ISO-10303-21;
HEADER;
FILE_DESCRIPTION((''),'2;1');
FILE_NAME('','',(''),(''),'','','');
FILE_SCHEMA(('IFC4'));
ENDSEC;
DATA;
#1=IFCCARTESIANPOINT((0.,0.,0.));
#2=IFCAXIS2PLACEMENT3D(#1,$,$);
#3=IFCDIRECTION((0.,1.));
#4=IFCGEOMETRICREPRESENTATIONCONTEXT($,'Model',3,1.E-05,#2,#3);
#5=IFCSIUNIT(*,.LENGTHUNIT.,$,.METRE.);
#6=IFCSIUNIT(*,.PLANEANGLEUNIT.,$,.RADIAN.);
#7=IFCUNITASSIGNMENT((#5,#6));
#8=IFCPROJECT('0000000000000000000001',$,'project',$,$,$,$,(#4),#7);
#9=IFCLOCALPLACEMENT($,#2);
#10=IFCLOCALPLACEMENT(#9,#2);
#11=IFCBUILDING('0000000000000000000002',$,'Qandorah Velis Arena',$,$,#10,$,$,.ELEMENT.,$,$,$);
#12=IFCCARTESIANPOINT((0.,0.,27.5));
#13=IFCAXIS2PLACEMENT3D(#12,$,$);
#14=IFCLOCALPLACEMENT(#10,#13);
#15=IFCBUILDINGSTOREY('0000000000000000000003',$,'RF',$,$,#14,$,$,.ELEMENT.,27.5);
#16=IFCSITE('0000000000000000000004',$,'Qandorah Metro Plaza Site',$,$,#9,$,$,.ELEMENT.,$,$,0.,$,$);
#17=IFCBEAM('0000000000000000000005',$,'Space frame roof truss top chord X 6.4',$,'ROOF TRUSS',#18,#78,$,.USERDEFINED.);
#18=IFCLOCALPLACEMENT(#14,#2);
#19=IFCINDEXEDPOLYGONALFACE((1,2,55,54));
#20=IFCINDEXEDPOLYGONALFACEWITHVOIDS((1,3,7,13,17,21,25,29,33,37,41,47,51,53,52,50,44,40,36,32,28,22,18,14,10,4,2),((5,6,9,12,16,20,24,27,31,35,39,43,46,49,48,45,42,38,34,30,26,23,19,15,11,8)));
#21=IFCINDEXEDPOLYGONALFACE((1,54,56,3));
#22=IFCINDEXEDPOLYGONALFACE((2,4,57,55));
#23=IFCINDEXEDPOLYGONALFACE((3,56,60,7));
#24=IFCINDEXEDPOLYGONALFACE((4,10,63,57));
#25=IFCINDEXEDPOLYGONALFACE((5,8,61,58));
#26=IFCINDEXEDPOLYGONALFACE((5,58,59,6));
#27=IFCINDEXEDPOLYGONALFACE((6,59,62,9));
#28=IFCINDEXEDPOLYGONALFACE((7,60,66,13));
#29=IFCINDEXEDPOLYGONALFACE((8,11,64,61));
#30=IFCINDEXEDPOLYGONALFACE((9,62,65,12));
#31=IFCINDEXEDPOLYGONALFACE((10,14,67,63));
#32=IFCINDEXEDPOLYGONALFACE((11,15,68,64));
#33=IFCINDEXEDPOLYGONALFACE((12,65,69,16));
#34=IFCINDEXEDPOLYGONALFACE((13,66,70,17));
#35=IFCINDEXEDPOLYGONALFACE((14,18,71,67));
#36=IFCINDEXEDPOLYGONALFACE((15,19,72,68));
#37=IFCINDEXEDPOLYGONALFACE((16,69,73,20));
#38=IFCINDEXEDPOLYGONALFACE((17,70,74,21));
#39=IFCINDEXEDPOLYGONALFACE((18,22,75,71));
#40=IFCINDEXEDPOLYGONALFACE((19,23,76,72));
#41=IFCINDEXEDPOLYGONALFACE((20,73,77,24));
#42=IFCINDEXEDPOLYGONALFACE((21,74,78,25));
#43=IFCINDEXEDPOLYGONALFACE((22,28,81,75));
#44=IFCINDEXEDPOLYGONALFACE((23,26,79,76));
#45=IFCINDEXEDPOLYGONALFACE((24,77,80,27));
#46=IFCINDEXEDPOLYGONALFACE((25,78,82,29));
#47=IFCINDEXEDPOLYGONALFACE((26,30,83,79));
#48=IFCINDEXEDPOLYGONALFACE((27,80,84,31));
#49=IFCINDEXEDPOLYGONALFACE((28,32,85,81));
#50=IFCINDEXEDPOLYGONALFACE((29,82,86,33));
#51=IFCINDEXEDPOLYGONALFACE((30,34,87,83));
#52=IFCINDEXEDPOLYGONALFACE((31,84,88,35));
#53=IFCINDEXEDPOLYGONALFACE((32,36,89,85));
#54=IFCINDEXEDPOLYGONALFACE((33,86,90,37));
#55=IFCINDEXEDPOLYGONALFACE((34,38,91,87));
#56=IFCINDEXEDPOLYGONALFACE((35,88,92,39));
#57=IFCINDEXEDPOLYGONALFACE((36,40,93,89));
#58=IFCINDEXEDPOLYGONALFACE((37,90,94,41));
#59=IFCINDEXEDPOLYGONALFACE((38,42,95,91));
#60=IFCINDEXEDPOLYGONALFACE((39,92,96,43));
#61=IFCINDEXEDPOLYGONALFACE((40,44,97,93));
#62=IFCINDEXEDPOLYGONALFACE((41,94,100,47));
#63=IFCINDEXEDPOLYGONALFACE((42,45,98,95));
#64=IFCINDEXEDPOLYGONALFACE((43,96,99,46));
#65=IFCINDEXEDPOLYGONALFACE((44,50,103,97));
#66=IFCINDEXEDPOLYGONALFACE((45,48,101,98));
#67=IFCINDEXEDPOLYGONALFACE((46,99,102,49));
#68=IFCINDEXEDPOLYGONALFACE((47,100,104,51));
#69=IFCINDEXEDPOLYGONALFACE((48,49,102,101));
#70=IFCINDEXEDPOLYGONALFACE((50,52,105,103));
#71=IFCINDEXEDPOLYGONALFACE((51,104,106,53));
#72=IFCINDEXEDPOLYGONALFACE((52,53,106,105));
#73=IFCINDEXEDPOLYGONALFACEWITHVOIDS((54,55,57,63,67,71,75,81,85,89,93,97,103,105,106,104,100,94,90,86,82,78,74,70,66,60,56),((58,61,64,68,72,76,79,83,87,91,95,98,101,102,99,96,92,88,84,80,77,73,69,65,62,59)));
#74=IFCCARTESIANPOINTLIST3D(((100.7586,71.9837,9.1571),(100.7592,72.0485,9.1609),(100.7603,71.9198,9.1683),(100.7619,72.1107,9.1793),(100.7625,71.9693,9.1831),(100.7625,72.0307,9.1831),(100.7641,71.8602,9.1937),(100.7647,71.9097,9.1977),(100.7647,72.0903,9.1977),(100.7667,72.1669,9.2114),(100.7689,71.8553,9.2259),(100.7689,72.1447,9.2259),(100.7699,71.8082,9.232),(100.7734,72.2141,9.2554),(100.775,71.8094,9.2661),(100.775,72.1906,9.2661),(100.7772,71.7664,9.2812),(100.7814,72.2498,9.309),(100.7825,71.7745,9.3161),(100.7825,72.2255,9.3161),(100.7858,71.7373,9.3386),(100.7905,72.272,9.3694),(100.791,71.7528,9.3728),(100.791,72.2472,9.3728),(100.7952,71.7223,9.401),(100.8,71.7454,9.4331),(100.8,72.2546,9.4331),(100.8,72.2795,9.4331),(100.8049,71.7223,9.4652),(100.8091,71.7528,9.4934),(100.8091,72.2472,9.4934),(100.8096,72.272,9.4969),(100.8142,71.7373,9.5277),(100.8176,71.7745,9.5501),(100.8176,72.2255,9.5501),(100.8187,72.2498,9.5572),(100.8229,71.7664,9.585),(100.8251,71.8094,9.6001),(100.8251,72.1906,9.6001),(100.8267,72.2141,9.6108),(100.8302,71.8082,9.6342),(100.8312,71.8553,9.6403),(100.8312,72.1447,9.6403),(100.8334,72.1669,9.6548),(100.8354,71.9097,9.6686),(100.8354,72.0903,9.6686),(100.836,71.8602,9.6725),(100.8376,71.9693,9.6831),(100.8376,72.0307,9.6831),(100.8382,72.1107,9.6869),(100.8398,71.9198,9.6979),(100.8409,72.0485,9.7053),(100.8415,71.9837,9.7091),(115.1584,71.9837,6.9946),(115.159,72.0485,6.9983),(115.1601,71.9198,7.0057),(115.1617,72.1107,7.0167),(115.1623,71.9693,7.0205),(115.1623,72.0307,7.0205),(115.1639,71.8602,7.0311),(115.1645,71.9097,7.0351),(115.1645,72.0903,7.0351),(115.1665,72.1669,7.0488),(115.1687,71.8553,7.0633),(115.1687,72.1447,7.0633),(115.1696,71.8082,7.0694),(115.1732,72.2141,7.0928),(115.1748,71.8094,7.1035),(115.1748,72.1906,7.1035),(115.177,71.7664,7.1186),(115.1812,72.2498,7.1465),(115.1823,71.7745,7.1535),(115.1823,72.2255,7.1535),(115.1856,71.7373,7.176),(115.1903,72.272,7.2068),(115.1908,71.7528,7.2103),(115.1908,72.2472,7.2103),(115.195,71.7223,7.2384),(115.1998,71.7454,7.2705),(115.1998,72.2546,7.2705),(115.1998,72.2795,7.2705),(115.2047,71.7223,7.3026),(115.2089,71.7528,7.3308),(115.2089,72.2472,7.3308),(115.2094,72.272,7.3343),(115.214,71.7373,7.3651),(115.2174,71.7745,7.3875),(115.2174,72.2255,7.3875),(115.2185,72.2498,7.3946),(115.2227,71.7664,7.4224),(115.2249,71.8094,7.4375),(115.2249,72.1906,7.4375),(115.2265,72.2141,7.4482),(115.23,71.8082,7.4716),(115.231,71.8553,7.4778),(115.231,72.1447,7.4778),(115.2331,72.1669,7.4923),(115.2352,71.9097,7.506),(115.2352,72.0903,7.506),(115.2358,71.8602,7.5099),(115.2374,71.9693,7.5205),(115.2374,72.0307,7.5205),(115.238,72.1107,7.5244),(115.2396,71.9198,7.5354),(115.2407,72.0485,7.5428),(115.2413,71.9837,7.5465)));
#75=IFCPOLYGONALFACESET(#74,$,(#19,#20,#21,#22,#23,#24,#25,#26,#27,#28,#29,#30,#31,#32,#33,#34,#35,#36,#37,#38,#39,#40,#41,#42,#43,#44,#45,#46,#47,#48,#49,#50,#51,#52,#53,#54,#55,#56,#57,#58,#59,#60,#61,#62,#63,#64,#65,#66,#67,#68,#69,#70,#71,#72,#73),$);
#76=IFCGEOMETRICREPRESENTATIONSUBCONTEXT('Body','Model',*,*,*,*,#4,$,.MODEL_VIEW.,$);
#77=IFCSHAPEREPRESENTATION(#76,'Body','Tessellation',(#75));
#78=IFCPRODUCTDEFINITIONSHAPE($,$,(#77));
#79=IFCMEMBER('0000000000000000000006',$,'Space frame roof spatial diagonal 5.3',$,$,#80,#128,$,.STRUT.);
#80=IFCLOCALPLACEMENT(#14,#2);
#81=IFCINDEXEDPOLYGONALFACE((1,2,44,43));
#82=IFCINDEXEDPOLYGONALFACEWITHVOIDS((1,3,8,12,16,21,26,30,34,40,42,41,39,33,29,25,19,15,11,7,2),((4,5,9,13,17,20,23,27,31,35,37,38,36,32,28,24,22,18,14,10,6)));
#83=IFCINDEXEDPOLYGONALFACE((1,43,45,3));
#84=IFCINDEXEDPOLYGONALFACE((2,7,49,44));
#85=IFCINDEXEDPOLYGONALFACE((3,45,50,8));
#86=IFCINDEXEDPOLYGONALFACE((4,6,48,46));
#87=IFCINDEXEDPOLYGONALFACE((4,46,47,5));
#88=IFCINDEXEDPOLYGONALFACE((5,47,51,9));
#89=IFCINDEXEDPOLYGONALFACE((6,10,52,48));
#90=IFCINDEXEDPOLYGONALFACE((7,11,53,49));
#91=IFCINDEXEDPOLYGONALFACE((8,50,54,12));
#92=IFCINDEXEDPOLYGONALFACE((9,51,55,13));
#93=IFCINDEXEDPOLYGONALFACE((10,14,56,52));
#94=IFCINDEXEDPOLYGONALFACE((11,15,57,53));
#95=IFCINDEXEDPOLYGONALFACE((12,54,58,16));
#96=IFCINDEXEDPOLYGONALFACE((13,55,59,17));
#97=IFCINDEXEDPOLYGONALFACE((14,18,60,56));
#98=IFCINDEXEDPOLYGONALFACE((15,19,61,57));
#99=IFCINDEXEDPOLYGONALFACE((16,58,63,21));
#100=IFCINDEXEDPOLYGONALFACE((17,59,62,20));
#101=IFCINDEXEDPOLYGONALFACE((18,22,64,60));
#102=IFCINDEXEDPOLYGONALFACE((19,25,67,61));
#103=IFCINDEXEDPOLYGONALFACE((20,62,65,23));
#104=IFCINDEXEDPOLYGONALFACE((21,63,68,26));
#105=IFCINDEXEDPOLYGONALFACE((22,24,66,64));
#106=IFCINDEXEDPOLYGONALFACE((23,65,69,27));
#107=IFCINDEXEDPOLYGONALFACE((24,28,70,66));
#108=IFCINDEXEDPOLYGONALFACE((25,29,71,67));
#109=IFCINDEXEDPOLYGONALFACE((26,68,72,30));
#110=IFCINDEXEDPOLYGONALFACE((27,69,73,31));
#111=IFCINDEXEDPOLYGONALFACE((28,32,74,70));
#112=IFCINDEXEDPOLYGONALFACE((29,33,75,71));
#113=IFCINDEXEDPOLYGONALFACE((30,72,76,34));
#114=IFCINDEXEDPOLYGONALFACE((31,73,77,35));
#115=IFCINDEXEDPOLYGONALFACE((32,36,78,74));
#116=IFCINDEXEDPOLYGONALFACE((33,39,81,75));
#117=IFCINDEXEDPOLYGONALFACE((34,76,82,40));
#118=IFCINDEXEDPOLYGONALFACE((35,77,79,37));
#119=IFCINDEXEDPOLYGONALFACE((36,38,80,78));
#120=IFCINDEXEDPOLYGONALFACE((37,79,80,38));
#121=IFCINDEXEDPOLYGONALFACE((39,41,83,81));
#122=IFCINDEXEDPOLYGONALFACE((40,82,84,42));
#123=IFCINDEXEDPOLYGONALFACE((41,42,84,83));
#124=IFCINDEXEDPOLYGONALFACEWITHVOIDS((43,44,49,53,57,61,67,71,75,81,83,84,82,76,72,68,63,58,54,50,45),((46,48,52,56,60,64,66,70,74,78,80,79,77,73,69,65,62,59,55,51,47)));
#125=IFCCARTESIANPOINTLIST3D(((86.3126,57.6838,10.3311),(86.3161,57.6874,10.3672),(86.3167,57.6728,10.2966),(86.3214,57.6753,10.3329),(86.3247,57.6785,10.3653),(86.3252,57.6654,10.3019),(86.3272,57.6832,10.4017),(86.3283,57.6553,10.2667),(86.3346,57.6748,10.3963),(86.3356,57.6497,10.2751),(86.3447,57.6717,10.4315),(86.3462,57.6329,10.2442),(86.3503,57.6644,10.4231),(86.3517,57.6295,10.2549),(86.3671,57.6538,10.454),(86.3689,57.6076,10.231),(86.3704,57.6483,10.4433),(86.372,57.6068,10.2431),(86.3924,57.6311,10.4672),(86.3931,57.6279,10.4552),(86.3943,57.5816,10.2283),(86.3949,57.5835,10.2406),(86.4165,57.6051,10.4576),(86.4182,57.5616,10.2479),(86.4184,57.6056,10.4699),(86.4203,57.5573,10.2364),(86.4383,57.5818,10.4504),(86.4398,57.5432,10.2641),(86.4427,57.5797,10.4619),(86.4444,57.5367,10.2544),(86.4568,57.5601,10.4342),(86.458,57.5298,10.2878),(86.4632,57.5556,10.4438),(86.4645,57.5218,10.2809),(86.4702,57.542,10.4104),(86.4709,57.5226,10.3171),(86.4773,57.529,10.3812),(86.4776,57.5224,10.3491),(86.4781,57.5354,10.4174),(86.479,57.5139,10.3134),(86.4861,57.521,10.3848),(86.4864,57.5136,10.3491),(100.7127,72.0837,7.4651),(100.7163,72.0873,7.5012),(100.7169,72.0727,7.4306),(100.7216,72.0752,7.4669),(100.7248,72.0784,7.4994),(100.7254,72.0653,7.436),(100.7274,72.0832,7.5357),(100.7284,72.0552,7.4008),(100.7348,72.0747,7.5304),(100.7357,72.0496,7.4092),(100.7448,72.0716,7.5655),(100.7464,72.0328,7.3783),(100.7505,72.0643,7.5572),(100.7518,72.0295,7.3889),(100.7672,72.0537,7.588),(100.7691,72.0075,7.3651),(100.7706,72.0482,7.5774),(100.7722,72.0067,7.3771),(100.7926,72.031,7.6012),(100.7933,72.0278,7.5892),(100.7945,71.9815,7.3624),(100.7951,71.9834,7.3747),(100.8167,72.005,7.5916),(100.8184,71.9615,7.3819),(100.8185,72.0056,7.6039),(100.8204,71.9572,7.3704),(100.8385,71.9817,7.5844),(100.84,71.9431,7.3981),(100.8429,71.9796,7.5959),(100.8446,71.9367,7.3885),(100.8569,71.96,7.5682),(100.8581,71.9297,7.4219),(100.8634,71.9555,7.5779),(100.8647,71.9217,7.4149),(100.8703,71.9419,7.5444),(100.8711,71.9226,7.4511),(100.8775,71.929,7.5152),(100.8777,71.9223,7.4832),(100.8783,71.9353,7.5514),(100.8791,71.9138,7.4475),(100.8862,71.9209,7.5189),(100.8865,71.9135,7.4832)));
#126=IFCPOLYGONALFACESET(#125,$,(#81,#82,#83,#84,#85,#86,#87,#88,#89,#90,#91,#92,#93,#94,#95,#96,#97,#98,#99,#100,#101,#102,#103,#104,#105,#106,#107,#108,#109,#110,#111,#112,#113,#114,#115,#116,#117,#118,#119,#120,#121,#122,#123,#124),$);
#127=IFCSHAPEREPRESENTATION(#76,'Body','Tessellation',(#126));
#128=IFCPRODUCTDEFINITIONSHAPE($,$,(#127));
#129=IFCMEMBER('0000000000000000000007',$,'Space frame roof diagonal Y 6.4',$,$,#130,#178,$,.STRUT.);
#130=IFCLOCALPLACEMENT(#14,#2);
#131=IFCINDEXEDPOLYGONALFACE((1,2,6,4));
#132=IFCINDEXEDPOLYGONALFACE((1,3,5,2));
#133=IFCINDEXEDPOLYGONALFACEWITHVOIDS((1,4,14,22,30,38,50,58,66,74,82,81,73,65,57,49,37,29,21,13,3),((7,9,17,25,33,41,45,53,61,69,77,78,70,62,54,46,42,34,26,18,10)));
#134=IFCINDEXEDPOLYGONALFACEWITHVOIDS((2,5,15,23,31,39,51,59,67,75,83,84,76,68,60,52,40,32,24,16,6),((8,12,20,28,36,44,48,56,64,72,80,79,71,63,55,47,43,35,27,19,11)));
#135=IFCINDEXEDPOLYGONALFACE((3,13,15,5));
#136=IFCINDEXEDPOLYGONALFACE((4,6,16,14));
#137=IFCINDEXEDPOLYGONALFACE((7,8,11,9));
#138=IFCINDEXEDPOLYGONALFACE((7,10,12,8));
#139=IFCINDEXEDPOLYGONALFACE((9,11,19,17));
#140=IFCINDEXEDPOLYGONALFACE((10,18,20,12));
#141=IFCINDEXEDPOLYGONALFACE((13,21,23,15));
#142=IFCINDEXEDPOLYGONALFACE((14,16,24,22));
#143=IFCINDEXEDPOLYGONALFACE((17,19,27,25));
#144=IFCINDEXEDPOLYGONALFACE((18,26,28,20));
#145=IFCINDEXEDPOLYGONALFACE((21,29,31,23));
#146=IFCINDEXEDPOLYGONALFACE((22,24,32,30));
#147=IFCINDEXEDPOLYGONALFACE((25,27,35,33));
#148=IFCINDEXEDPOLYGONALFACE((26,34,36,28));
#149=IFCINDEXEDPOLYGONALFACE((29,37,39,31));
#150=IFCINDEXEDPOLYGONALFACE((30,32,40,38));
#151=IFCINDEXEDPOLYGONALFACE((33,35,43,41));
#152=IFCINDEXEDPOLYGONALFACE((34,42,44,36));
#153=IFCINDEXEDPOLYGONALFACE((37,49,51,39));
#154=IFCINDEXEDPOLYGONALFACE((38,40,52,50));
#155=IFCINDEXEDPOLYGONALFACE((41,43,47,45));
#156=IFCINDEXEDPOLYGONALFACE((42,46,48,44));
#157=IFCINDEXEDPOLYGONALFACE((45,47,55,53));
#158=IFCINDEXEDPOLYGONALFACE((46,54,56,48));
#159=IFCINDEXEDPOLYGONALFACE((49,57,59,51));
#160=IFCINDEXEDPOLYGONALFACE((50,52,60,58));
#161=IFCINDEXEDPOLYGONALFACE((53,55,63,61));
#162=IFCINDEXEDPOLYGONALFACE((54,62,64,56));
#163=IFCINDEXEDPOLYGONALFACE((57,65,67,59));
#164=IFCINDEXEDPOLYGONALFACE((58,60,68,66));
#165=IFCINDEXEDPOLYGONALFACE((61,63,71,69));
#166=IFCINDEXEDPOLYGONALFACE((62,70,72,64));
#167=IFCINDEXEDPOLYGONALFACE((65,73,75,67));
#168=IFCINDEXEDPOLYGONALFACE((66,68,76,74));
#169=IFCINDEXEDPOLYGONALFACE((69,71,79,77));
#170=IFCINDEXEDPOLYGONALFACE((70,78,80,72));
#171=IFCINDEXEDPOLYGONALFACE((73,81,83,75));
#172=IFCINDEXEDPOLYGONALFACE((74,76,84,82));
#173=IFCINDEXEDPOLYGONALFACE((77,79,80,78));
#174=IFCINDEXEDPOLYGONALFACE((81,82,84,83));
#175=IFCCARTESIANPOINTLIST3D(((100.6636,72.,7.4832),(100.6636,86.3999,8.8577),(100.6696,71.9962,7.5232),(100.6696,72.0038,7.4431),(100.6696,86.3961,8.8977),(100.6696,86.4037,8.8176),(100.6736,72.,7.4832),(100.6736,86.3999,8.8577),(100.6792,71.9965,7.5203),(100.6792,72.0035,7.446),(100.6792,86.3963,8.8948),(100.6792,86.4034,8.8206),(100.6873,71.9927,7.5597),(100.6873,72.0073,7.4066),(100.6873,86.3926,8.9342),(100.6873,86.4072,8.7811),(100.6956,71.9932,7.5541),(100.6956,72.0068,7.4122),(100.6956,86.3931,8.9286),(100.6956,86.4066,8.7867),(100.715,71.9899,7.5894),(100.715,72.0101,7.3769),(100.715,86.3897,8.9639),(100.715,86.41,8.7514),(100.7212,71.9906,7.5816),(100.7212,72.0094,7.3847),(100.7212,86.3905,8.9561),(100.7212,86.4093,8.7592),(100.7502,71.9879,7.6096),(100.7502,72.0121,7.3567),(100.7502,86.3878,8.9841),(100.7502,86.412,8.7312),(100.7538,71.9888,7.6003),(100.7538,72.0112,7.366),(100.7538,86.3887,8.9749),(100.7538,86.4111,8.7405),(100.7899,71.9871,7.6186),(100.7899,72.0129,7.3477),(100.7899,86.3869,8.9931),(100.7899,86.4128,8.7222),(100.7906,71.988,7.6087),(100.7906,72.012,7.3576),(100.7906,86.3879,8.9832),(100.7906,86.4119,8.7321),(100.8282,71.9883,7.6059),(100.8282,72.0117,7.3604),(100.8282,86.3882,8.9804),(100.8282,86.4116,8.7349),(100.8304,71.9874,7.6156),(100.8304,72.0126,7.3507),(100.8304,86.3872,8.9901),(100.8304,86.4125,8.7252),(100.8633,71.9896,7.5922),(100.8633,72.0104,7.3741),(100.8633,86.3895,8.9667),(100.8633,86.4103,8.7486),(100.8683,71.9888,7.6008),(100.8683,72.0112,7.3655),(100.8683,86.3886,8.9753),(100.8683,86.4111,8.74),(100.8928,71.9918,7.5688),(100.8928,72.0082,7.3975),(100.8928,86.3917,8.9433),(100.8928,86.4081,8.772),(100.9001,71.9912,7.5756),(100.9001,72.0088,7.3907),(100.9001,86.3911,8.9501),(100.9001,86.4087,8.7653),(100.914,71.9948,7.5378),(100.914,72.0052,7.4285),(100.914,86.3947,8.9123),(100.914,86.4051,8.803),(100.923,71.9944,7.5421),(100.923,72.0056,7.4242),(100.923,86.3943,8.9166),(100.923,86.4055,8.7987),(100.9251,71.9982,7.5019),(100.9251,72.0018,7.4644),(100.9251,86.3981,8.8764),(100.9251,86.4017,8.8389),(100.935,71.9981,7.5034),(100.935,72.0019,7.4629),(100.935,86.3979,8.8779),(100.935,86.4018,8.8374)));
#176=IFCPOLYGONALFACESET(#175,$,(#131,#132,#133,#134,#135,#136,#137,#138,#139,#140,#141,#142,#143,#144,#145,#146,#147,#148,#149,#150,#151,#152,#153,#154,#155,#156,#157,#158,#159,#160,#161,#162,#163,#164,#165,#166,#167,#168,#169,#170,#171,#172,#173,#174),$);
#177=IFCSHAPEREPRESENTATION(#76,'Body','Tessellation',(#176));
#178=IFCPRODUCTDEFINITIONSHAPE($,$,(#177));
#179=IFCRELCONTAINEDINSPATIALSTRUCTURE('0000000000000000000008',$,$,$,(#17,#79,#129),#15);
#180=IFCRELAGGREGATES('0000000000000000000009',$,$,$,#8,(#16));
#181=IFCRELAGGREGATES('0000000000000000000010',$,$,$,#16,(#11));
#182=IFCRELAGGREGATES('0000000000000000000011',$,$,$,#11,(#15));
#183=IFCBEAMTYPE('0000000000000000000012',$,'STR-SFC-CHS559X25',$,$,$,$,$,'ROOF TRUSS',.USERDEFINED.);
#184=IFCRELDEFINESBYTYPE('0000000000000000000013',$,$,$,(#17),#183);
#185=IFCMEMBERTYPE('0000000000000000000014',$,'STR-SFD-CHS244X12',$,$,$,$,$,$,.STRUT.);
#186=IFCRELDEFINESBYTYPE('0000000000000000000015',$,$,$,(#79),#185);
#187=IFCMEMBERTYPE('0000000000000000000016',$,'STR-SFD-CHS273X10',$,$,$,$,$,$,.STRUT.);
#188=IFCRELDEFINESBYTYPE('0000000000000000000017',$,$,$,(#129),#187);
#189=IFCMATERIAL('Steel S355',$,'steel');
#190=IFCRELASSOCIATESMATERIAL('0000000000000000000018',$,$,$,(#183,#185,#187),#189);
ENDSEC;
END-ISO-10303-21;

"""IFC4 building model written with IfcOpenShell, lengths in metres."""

from ifc_helpers import new_model, si_unit, direction, frame, origin, origin_2d, place, context, subcontext, project, spatial, hollow_circle, extrude, material, material_profile, profile_set, type_object, element, save


model = new_model("IFC4")

# Units and contexts
model_context = context("Model", 3, precision=1e-05, world=origin(), true_north=direction((0.0, 1.0)))
body_context = subcontext(model_context, "Body", "Model", "MODEL_VIEW")
ifc_project = project(units=[si_unit("LENGTHUNIT", "METRE"), si_unit("PLANEANGLEUNIT", "RADIAN")], contexts=[model_context])

# Site, building, storey
site_placement = place(None, origin())
site = spatial("IfcSite", under=ifc_project, at=site_placement, Name="Qandorah Metro Plaza Site", CompositionType="ELEMENT", RefElevation=0.0)
building_placement = place(site_placement, origin())
building = spatial("IfcBuilding", under=site, at=building_placement, Name="Qandorah Velis Arena", CompositionType="ELEMENT")
storey_placement = place(building_placement, frame((0.0, 0.0, 27.5)))
storey = spatial("IfcBuildingStorey", under=building, at=storey_placement, Name="RF", CompositionType="ELEMENT", Elevation=27.5)

# Beam
ifc_material_1 = material(Name="Steel S355", Category="steel")
ifc_material_profile_1 = material_profile(ifc_material_1, hollow_circle(Radius=0.2795, WallThickness=0.0249, at=origin_2d()), Name="CHS 559x25")
ifc_profile_set_1 = profile_set([ifc_material_profile_1], Name="Steel S355")
beam_type_1 = type_object("IfcBeamType", Name="STR-SFC-CHS559X25", ElementType="ROOF TRUSS", PredefinedType="USERDEFINED", material=ifc_profile_set_1)
beam_1_placement = place(storey_placement, frame((100.8, 72.0, 9.4331), z_axis=(0.98891, 0.0, -0.148516), x_axis=(0.0, 1.0, 0.0)))
element("IfcBeam", 1, at=beam_1_placement, inside=storey, type_object=beam_type_1, Name="Space frame roof truss top chord X 6.4", ObjectType="ROOF TRUSS", PredefinedType="USERDEFINED", context=body_context, shape_type="SweptSolid", body=[
    extrude(hollow_circle(Radius=0.2795, WallThickness=0.0249, at=origin_2d()), origin(), (0.0, 0.0, 1.0), 14.5613),
])

# Members
ifc_material_profile_2 = material_profile(ifc_material_1, hollow_circle(Radius=0.1223, WallThickness=0.0125, at=origin_2d()), Name="CHS 244.5x12.5")
ifc_profile_set_2 = profile_set([ifc_material_profile_2], Name="Steel S355")
member_type_1 = type_object("IfcMemberType", Name="STR-SFD-CHS244X12", PredefinedType="STRUT", material=ifc_profile_set_2)
member_1_placement = place(storey_placement, frame((100.8, 72.0, 7.4832), z_axis=(-0.700213, -0.700201, 0.139359), x_axis=(0.707101, -0.707113, 0.0)))
element("IfcMember", 2, at=member_1_placement, inside=storey, type_object=member_type_1, Name="Space frame roof spatial diagonal 5.3", PredefinedType="STRUT", context=body_context, shape_type="SweptSolid", body=[
    extrude(hollow_circle(Radius=0.1223, WallThickness=0.0125, at=origin_2d()), origin(), (0.0, 0.0, 1.0), 20.5654),
])
ifc_material_profile_3 = material_profile(ifc_material_1, hollow_circle(Radius=0.1365, WallThickness=0.01, at=origin_2d()), Name="CHS 273x10")
ifc_profile_set_3 = profile_set([ifc_material_profile_3], Name="Steel S355")
member_type_2 = type_object("IfcMemberType", Name="STR-SFD-CHS273X10", PredefinedType="STRUT", material=ifc_profile_set_3)
member_2_placement = place(storey_placement, frame((100.8, 72.0, 7.4832), z_axis=(0.0, 0.995475, 0.095021), x_axis=(-1.0, 0.0, 0.0)))
element("IfcMember", 3, at=member_2_placement, inside=storey, type_object=member_type_2, Name="Space frame roof diagonal Y 6.4", PredefinedType="STRUT", context=body_context, shape_type="SweptSolid", body=[
    extrude(hollow_circle(Radius=0.1365, WallThickness=0.01, at=origin_2d()), origin(), (0.0, 0.0, 1.0), 14.4653),
])

save(model, "model.ifc")
